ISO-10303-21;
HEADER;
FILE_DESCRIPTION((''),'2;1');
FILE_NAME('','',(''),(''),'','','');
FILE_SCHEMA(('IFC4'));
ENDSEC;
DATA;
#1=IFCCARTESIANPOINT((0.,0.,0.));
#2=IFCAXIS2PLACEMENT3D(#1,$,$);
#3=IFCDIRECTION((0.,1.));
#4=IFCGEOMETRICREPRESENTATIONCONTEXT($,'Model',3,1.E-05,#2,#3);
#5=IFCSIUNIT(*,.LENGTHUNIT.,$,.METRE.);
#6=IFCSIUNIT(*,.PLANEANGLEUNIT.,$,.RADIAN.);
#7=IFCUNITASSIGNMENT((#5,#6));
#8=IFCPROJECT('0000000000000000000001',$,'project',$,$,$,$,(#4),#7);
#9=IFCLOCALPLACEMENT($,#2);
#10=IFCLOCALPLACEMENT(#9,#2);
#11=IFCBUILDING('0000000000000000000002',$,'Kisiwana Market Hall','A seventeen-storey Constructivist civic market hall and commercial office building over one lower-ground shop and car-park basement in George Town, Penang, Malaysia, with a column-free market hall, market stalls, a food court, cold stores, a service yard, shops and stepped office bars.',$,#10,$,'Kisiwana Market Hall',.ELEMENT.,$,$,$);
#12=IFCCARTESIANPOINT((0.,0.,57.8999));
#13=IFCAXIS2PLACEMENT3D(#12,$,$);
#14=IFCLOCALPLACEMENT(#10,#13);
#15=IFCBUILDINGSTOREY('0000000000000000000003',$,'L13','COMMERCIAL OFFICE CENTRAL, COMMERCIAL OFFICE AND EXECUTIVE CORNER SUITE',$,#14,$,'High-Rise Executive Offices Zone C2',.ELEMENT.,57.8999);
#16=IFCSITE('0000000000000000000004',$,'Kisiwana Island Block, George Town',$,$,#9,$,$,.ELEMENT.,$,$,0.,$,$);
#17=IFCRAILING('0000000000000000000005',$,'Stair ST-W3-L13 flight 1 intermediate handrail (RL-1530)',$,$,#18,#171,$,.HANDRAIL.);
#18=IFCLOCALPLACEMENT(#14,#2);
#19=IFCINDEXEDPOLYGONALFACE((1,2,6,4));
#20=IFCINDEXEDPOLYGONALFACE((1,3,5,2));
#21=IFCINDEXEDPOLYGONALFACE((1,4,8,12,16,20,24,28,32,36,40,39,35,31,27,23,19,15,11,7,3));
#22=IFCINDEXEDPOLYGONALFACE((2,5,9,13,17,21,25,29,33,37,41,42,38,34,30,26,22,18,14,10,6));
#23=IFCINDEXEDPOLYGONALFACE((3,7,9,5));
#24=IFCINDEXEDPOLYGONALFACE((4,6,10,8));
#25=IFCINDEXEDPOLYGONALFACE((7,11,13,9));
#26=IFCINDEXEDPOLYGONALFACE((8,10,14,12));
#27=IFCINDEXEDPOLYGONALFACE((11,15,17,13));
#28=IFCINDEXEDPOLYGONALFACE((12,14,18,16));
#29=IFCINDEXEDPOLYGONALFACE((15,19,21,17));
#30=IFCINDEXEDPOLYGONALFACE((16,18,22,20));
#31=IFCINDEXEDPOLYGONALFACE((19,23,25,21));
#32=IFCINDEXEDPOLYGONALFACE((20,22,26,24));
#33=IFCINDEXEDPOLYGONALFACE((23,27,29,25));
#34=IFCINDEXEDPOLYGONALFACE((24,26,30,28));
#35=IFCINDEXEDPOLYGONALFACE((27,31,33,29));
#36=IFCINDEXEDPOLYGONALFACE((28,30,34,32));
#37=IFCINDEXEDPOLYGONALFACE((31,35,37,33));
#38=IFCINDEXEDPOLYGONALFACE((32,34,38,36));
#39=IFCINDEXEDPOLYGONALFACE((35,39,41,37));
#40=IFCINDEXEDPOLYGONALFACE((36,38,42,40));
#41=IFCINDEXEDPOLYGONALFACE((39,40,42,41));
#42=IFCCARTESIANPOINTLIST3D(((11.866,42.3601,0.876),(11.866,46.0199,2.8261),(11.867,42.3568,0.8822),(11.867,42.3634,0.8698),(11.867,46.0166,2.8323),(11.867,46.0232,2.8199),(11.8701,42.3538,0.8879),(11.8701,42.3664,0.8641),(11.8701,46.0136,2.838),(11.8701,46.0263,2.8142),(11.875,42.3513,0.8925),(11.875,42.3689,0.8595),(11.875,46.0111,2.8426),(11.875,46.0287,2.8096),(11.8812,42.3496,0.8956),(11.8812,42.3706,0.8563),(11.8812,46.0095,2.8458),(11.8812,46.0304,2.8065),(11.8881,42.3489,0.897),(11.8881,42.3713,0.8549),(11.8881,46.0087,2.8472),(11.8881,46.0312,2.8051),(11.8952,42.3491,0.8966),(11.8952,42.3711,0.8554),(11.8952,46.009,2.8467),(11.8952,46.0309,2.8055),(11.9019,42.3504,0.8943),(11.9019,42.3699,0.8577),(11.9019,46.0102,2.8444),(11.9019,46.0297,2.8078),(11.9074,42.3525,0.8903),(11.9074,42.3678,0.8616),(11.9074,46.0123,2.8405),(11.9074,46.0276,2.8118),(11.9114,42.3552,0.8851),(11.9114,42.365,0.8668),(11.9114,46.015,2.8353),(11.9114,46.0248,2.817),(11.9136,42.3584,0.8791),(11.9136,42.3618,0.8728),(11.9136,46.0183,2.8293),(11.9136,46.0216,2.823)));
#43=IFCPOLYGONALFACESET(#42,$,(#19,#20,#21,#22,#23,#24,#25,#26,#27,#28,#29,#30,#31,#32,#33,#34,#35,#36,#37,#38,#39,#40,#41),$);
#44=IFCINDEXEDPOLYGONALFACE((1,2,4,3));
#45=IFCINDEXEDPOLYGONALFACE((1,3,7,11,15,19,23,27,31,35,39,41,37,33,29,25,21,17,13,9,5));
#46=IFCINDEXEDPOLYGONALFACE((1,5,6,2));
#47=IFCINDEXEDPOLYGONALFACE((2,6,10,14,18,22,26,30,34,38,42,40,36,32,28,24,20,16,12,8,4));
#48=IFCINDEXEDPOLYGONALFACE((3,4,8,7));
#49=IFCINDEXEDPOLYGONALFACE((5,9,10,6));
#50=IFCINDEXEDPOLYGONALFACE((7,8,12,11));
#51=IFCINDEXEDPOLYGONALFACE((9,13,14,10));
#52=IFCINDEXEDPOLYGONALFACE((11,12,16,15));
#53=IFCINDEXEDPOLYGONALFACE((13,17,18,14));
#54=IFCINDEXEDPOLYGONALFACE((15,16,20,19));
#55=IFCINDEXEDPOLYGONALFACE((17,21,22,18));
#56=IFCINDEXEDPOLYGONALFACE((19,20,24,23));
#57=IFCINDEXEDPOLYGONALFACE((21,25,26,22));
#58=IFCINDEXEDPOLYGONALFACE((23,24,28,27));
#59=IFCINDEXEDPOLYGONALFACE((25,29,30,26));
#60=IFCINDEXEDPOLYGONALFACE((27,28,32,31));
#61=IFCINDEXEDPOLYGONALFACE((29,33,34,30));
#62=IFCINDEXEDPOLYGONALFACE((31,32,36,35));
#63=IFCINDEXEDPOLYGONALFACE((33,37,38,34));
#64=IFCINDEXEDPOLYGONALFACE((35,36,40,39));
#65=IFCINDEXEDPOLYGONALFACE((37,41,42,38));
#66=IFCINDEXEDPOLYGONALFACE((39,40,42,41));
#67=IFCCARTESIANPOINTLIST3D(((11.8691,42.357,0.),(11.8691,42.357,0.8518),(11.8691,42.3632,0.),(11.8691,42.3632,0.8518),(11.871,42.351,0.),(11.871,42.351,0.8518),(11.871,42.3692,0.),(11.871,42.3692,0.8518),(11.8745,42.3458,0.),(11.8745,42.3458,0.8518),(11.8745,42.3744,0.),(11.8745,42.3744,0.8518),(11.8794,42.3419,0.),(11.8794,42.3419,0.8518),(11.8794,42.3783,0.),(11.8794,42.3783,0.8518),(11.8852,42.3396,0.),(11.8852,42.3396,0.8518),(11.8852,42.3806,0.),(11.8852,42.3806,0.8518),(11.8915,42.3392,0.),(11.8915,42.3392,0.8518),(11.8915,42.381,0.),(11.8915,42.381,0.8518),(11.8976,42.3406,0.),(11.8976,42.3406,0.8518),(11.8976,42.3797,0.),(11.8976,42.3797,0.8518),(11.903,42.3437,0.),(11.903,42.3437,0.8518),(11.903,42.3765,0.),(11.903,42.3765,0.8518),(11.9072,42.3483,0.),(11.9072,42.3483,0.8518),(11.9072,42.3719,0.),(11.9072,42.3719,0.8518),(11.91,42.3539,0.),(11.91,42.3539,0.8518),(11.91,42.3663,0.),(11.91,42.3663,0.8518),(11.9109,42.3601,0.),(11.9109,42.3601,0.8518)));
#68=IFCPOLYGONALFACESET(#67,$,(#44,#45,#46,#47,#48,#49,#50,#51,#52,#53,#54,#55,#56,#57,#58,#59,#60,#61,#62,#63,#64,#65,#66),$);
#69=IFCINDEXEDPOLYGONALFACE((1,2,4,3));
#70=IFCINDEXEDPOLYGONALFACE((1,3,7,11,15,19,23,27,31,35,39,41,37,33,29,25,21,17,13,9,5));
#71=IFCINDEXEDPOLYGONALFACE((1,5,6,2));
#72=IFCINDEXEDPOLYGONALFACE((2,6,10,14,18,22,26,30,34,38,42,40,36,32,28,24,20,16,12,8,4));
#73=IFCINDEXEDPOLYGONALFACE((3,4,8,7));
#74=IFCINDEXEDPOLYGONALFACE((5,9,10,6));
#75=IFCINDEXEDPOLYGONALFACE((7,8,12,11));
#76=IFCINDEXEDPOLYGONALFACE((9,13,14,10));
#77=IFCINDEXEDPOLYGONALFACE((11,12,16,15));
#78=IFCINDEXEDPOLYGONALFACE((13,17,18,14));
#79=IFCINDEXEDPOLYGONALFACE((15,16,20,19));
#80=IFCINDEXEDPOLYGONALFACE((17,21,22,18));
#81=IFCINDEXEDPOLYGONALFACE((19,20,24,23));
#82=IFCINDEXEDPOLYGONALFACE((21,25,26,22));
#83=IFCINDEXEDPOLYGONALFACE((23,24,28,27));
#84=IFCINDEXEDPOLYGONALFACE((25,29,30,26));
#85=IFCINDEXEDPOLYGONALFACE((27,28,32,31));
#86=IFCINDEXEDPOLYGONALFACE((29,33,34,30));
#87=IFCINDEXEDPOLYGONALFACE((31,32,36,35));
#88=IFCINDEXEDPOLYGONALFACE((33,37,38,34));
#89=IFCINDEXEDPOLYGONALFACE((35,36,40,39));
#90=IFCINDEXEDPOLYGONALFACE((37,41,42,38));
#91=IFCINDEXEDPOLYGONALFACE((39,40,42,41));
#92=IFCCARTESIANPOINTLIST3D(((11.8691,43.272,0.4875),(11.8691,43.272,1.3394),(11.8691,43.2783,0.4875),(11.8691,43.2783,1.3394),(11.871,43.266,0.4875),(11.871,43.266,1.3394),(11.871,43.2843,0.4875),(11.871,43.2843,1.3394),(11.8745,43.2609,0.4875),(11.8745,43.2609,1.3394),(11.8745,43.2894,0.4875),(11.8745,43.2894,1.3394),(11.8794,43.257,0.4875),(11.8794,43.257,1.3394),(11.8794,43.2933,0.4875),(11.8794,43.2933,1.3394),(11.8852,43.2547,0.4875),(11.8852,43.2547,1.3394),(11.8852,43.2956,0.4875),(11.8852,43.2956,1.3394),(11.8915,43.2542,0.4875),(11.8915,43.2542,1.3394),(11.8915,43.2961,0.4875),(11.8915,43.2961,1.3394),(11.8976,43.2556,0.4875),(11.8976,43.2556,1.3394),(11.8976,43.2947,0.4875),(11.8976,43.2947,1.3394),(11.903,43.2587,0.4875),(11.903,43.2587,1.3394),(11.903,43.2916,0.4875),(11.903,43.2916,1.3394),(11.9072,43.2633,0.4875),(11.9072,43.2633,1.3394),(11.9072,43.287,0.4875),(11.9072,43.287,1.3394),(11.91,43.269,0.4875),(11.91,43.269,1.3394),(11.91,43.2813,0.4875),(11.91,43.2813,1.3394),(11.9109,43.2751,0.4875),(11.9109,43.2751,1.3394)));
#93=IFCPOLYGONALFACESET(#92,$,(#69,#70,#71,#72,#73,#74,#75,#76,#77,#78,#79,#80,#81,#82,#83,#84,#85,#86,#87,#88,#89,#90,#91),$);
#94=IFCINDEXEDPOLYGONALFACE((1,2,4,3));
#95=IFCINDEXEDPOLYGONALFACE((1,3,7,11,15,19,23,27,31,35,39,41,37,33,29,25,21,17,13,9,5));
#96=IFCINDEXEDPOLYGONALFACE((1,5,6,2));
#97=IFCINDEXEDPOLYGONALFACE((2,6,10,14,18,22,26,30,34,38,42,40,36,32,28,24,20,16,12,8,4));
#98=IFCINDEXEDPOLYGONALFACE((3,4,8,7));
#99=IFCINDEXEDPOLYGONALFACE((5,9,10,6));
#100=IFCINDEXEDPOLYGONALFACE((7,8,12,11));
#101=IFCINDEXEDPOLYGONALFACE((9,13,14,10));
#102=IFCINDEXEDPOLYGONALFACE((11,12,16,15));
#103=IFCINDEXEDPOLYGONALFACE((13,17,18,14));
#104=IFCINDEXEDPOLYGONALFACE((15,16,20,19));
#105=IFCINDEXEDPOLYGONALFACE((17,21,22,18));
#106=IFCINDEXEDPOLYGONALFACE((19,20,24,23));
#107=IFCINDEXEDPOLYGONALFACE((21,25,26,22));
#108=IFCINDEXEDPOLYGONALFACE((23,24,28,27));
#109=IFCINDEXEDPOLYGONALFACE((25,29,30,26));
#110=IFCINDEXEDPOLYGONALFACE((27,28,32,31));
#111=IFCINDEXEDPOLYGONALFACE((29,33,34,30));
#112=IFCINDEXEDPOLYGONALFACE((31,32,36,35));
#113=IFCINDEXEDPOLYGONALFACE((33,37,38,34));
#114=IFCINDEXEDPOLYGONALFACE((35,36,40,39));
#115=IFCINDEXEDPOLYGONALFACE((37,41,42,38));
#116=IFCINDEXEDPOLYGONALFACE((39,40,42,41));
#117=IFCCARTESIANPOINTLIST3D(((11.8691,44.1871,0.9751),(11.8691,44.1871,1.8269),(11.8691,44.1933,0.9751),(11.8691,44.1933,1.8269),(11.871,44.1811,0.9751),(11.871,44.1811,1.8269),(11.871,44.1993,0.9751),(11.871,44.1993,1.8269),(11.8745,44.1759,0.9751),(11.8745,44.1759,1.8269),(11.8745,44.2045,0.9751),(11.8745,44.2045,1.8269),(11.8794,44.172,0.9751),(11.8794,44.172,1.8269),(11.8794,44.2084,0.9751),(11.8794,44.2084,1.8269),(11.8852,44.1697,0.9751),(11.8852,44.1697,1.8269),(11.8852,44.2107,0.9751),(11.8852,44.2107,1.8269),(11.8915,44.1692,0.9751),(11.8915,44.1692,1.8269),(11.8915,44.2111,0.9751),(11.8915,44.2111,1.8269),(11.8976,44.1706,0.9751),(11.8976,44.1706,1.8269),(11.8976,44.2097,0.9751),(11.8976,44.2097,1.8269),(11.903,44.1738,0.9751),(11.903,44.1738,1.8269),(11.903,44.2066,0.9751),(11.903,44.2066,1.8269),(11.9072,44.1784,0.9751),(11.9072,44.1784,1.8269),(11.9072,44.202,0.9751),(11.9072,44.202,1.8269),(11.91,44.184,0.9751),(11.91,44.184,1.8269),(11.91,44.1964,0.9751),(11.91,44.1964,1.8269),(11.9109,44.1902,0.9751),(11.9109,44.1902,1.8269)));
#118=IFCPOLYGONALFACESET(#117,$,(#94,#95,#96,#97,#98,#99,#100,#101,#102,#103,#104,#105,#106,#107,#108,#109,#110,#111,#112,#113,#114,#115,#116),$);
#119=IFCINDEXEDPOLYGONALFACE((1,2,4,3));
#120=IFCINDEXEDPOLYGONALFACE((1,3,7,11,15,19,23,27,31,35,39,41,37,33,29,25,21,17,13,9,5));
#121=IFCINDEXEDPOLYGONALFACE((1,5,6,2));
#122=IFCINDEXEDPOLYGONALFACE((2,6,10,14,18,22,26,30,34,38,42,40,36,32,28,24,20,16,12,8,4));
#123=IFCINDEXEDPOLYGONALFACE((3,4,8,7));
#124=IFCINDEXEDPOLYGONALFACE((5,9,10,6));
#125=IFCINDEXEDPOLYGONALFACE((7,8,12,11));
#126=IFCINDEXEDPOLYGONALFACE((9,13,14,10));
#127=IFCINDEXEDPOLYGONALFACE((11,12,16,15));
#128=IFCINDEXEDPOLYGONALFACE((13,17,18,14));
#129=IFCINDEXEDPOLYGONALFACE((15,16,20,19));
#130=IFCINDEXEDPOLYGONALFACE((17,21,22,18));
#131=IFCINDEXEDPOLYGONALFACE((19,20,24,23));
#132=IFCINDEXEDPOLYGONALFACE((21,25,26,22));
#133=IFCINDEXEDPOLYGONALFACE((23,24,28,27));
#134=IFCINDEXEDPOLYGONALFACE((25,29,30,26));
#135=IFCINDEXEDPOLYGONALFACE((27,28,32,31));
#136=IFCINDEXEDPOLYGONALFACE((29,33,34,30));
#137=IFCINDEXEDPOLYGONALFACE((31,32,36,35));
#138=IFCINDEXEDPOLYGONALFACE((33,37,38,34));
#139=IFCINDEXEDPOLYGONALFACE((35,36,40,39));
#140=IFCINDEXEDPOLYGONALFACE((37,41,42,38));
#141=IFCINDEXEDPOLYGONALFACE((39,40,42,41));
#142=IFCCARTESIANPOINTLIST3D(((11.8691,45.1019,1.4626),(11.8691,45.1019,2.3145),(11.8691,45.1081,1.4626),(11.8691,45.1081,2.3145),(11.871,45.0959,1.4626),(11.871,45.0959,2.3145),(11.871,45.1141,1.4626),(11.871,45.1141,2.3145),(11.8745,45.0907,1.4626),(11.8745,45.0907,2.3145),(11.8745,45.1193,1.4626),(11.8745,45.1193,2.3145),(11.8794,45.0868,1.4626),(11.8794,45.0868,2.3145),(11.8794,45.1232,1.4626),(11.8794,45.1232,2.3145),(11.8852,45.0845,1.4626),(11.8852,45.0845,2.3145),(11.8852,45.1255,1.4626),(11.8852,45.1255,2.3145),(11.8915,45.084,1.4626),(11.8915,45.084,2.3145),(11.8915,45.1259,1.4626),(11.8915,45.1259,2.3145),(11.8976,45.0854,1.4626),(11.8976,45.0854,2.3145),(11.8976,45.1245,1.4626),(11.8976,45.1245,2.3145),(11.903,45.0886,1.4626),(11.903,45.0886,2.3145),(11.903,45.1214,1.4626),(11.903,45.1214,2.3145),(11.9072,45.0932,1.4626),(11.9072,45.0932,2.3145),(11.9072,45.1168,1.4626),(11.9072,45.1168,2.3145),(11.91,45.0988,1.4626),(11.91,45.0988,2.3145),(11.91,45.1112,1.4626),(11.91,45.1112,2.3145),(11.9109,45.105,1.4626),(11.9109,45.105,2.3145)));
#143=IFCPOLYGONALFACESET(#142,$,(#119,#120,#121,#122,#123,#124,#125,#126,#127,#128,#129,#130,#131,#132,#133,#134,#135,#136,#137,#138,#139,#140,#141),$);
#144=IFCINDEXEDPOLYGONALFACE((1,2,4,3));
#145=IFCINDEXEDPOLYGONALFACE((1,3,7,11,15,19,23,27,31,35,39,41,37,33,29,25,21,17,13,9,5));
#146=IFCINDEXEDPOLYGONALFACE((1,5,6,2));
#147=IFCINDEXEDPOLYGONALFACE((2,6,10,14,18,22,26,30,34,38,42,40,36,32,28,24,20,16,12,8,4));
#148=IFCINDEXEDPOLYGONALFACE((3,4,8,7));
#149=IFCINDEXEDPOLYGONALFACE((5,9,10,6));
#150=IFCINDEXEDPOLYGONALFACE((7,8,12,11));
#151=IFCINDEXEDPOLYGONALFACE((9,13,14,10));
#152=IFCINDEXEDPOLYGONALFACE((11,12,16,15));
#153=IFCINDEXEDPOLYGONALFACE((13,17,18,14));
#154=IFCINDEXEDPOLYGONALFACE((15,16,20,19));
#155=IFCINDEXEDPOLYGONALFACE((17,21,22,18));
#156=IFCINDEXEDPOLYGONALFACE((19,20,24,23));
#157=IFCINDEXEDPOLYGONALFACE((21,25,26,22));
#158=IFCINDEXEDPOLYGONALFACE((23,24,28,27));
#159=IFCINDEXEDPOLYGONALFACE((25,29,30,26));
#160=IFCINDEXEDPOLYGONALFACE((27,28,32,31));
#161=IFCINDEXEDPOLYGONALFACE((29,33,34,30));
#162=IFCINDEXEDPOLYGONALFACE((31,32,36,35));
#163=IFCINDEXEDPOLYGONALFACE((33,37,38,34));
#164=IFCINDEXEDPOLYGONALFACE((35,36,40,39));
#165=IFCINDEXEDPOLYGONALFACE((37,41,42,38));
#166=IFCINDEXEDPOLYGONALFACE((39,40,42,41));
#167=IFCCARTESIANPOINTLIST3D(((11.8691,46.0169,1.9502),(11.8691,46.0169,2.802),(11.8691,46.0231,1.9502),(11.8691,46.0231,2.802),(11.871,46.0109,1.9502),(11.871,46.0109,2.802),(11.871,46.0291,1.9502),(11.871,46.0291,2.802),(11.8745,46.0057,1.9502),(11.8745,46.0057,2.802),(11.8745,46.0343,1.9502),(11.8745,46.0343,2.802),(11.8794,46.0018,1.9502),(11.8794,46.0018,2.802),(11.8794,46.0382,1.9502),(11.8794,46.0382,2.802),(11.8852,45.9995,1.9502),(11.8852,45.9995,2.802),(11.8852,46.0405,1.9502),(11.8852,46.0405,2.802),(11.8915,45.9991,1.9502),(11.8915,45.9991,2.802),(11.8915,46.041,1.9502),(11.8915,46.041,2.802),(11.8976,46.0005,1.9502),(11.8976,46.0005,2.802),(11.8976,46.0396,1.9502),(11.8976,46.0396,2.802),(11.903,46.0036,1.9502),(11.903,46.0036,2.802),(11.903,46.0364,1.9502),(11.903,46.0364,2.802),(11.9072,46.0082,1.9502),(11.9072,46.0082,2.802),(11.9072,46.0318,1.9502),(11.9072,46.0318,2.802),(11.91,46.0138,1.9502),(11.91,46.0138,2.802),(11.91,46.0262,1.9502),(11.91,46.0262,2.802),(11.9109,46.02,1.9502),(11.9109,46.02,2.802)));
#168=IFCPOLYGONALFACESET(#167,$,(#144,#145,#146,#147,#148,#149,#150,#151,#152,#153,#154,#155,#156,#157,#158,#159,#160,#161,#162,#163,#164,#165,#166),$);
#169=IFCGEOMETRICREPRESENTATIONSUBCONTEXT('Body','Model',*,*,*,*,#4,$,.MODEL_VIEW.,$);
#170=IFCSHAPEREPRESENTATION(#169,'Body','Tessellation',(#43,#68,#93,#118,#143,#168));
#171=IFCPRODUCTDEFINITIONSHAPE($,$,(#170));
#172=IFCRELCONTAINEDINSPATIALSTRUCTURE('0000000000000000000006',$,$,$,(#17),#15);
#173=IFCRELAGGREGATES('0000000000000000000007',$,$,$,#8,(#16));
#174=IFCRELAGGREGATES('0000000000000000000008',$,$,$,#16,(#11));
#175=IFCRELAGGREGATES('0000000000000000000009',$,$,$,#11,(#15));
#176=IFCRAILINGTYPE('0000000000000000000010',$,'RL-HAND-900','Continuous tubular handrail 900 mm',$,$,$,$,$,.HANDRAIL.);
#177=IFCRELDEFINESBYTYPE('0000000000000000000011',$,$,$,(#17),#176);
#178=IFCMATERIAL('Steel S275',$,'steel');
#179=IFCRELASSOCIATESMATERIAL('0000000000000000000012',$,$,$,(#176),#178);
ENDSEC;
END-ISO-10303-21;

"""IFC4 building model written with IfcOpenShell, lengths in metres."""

from ifc_helpers import new_model, si_unit, direction, frame, origin, origin_2d, place, context, subcontext, project, spatial, circle, extrude, material, type_object, element, save


model = new_model("IFC4")

# Units and contexts
model_context = context("Model", 3, precision=1e-05, world=origin(), true_north=direction((0.0, 1.0)))
body_context = subcontext(model_context, "Body", "Model", "MODEL_VIEW")
ifc_project = project(units=[si_unit("LENGTHUNIT", "METRE"), si_unit("PLANEANGLEUNIT", "RADIAN")], contexts=[model_context])

# Site, building, storey
site_placement = place(None, origin())
site = spatial("IfcSite", under=ifc_project, at=site_placement, Name="Kisiwana Island Block, George Town", CompositionType="ELEMENT", RefElevation=0.0)
building_placement = place(site_placement, origin())
building = spatial("IfcBuilding", under=site, at=building_placement, Name="Kisiwana Market Hall", Description="A seventeen-storey Constructivist civic market hall and commercial office building over one lower-ground shop and car-park basement in George Town, Penang, Malaysia, with a column-free market hall, market stalls, a food court, cold stores, a service yard, shops and stepped office bars.", LongName="Kisiwana Market Hall", CompositionType="ELEMENT")
storey_placement = place(building_placement, frame((0.0, 0.0, 57.8999)))
storey = spatial("IfcBuildingStorey", under=building, at=storey_placement, Name="L13", Description="COMMERCIAL OFFICE CENTRAL, COMMERCIAL OFFICE AND EXECUTIVE CORNER SUITE", LongName="High-Rise Executive Offices Zone C2", CompositionType="ELEMENT", Elevation=57.8999)

# Railing
ifc_material_1 = material(Name="Steel S275", Category="steel")
railing_type_1 = type_object("IfcRailingType", Name="RL-HAND-900", Description="Continuous tubular handrail 900 mm", PredefinedType="HANDRAIL", material=ifc_material_1)
for number, where, name in (
    (1, (11.8899, 42.3601, 0.0), "Stair ST-W3-L13 flight 1 intermediate handrail (RL-1530)"),
):
    element("IfcRailing", number, at=place(storey_placement, frame(where)), inside=storey, type_object=railing_type_1, Name=name, PredefinedType="HANDRAIL", context=body_context, shape_type="SweptSolid", body=[
        extrude(circle(Radius=0.0239, at=origin_2d()), frame((0.0, 0.0, 0.876), z_axis=(0.0, 0.882529, 0.470258), x_axis=(-1.0, 0.0, 0.0)), (0.0, 0.0, 1.0), 4.147),
        extrude(circle(Radius=0.021, at=origin_2d()), origin(), (0.0, 0.0, 1.0), 0.8518),
        extrude(circle(Radius=0.021, at=origin_2d()), frame((0.0, 0.915, 0.4875)), (0.0, 0.0, 1.0), 0.8518),
        extrude(circle(Radius=0.021, at=origin_2d()), frame((0.0, 1.8301, 0.9751)), (0.0, 0.0, 1.0), 0.8518),
        extrude(circle(Radius=0.021, at=origin_2d()), frame((0.0, 2.7449, 1.4626)), (0.0, 0.0, 1.0), 0.8518),
        extrude(circle(Radius=0.021, at=origin_2d()), frame((0.0, 3.6599, 1.9502)), (0.0, 0.0, 1.0), 0.8518),
    ])

save(model, "model.ifc")
